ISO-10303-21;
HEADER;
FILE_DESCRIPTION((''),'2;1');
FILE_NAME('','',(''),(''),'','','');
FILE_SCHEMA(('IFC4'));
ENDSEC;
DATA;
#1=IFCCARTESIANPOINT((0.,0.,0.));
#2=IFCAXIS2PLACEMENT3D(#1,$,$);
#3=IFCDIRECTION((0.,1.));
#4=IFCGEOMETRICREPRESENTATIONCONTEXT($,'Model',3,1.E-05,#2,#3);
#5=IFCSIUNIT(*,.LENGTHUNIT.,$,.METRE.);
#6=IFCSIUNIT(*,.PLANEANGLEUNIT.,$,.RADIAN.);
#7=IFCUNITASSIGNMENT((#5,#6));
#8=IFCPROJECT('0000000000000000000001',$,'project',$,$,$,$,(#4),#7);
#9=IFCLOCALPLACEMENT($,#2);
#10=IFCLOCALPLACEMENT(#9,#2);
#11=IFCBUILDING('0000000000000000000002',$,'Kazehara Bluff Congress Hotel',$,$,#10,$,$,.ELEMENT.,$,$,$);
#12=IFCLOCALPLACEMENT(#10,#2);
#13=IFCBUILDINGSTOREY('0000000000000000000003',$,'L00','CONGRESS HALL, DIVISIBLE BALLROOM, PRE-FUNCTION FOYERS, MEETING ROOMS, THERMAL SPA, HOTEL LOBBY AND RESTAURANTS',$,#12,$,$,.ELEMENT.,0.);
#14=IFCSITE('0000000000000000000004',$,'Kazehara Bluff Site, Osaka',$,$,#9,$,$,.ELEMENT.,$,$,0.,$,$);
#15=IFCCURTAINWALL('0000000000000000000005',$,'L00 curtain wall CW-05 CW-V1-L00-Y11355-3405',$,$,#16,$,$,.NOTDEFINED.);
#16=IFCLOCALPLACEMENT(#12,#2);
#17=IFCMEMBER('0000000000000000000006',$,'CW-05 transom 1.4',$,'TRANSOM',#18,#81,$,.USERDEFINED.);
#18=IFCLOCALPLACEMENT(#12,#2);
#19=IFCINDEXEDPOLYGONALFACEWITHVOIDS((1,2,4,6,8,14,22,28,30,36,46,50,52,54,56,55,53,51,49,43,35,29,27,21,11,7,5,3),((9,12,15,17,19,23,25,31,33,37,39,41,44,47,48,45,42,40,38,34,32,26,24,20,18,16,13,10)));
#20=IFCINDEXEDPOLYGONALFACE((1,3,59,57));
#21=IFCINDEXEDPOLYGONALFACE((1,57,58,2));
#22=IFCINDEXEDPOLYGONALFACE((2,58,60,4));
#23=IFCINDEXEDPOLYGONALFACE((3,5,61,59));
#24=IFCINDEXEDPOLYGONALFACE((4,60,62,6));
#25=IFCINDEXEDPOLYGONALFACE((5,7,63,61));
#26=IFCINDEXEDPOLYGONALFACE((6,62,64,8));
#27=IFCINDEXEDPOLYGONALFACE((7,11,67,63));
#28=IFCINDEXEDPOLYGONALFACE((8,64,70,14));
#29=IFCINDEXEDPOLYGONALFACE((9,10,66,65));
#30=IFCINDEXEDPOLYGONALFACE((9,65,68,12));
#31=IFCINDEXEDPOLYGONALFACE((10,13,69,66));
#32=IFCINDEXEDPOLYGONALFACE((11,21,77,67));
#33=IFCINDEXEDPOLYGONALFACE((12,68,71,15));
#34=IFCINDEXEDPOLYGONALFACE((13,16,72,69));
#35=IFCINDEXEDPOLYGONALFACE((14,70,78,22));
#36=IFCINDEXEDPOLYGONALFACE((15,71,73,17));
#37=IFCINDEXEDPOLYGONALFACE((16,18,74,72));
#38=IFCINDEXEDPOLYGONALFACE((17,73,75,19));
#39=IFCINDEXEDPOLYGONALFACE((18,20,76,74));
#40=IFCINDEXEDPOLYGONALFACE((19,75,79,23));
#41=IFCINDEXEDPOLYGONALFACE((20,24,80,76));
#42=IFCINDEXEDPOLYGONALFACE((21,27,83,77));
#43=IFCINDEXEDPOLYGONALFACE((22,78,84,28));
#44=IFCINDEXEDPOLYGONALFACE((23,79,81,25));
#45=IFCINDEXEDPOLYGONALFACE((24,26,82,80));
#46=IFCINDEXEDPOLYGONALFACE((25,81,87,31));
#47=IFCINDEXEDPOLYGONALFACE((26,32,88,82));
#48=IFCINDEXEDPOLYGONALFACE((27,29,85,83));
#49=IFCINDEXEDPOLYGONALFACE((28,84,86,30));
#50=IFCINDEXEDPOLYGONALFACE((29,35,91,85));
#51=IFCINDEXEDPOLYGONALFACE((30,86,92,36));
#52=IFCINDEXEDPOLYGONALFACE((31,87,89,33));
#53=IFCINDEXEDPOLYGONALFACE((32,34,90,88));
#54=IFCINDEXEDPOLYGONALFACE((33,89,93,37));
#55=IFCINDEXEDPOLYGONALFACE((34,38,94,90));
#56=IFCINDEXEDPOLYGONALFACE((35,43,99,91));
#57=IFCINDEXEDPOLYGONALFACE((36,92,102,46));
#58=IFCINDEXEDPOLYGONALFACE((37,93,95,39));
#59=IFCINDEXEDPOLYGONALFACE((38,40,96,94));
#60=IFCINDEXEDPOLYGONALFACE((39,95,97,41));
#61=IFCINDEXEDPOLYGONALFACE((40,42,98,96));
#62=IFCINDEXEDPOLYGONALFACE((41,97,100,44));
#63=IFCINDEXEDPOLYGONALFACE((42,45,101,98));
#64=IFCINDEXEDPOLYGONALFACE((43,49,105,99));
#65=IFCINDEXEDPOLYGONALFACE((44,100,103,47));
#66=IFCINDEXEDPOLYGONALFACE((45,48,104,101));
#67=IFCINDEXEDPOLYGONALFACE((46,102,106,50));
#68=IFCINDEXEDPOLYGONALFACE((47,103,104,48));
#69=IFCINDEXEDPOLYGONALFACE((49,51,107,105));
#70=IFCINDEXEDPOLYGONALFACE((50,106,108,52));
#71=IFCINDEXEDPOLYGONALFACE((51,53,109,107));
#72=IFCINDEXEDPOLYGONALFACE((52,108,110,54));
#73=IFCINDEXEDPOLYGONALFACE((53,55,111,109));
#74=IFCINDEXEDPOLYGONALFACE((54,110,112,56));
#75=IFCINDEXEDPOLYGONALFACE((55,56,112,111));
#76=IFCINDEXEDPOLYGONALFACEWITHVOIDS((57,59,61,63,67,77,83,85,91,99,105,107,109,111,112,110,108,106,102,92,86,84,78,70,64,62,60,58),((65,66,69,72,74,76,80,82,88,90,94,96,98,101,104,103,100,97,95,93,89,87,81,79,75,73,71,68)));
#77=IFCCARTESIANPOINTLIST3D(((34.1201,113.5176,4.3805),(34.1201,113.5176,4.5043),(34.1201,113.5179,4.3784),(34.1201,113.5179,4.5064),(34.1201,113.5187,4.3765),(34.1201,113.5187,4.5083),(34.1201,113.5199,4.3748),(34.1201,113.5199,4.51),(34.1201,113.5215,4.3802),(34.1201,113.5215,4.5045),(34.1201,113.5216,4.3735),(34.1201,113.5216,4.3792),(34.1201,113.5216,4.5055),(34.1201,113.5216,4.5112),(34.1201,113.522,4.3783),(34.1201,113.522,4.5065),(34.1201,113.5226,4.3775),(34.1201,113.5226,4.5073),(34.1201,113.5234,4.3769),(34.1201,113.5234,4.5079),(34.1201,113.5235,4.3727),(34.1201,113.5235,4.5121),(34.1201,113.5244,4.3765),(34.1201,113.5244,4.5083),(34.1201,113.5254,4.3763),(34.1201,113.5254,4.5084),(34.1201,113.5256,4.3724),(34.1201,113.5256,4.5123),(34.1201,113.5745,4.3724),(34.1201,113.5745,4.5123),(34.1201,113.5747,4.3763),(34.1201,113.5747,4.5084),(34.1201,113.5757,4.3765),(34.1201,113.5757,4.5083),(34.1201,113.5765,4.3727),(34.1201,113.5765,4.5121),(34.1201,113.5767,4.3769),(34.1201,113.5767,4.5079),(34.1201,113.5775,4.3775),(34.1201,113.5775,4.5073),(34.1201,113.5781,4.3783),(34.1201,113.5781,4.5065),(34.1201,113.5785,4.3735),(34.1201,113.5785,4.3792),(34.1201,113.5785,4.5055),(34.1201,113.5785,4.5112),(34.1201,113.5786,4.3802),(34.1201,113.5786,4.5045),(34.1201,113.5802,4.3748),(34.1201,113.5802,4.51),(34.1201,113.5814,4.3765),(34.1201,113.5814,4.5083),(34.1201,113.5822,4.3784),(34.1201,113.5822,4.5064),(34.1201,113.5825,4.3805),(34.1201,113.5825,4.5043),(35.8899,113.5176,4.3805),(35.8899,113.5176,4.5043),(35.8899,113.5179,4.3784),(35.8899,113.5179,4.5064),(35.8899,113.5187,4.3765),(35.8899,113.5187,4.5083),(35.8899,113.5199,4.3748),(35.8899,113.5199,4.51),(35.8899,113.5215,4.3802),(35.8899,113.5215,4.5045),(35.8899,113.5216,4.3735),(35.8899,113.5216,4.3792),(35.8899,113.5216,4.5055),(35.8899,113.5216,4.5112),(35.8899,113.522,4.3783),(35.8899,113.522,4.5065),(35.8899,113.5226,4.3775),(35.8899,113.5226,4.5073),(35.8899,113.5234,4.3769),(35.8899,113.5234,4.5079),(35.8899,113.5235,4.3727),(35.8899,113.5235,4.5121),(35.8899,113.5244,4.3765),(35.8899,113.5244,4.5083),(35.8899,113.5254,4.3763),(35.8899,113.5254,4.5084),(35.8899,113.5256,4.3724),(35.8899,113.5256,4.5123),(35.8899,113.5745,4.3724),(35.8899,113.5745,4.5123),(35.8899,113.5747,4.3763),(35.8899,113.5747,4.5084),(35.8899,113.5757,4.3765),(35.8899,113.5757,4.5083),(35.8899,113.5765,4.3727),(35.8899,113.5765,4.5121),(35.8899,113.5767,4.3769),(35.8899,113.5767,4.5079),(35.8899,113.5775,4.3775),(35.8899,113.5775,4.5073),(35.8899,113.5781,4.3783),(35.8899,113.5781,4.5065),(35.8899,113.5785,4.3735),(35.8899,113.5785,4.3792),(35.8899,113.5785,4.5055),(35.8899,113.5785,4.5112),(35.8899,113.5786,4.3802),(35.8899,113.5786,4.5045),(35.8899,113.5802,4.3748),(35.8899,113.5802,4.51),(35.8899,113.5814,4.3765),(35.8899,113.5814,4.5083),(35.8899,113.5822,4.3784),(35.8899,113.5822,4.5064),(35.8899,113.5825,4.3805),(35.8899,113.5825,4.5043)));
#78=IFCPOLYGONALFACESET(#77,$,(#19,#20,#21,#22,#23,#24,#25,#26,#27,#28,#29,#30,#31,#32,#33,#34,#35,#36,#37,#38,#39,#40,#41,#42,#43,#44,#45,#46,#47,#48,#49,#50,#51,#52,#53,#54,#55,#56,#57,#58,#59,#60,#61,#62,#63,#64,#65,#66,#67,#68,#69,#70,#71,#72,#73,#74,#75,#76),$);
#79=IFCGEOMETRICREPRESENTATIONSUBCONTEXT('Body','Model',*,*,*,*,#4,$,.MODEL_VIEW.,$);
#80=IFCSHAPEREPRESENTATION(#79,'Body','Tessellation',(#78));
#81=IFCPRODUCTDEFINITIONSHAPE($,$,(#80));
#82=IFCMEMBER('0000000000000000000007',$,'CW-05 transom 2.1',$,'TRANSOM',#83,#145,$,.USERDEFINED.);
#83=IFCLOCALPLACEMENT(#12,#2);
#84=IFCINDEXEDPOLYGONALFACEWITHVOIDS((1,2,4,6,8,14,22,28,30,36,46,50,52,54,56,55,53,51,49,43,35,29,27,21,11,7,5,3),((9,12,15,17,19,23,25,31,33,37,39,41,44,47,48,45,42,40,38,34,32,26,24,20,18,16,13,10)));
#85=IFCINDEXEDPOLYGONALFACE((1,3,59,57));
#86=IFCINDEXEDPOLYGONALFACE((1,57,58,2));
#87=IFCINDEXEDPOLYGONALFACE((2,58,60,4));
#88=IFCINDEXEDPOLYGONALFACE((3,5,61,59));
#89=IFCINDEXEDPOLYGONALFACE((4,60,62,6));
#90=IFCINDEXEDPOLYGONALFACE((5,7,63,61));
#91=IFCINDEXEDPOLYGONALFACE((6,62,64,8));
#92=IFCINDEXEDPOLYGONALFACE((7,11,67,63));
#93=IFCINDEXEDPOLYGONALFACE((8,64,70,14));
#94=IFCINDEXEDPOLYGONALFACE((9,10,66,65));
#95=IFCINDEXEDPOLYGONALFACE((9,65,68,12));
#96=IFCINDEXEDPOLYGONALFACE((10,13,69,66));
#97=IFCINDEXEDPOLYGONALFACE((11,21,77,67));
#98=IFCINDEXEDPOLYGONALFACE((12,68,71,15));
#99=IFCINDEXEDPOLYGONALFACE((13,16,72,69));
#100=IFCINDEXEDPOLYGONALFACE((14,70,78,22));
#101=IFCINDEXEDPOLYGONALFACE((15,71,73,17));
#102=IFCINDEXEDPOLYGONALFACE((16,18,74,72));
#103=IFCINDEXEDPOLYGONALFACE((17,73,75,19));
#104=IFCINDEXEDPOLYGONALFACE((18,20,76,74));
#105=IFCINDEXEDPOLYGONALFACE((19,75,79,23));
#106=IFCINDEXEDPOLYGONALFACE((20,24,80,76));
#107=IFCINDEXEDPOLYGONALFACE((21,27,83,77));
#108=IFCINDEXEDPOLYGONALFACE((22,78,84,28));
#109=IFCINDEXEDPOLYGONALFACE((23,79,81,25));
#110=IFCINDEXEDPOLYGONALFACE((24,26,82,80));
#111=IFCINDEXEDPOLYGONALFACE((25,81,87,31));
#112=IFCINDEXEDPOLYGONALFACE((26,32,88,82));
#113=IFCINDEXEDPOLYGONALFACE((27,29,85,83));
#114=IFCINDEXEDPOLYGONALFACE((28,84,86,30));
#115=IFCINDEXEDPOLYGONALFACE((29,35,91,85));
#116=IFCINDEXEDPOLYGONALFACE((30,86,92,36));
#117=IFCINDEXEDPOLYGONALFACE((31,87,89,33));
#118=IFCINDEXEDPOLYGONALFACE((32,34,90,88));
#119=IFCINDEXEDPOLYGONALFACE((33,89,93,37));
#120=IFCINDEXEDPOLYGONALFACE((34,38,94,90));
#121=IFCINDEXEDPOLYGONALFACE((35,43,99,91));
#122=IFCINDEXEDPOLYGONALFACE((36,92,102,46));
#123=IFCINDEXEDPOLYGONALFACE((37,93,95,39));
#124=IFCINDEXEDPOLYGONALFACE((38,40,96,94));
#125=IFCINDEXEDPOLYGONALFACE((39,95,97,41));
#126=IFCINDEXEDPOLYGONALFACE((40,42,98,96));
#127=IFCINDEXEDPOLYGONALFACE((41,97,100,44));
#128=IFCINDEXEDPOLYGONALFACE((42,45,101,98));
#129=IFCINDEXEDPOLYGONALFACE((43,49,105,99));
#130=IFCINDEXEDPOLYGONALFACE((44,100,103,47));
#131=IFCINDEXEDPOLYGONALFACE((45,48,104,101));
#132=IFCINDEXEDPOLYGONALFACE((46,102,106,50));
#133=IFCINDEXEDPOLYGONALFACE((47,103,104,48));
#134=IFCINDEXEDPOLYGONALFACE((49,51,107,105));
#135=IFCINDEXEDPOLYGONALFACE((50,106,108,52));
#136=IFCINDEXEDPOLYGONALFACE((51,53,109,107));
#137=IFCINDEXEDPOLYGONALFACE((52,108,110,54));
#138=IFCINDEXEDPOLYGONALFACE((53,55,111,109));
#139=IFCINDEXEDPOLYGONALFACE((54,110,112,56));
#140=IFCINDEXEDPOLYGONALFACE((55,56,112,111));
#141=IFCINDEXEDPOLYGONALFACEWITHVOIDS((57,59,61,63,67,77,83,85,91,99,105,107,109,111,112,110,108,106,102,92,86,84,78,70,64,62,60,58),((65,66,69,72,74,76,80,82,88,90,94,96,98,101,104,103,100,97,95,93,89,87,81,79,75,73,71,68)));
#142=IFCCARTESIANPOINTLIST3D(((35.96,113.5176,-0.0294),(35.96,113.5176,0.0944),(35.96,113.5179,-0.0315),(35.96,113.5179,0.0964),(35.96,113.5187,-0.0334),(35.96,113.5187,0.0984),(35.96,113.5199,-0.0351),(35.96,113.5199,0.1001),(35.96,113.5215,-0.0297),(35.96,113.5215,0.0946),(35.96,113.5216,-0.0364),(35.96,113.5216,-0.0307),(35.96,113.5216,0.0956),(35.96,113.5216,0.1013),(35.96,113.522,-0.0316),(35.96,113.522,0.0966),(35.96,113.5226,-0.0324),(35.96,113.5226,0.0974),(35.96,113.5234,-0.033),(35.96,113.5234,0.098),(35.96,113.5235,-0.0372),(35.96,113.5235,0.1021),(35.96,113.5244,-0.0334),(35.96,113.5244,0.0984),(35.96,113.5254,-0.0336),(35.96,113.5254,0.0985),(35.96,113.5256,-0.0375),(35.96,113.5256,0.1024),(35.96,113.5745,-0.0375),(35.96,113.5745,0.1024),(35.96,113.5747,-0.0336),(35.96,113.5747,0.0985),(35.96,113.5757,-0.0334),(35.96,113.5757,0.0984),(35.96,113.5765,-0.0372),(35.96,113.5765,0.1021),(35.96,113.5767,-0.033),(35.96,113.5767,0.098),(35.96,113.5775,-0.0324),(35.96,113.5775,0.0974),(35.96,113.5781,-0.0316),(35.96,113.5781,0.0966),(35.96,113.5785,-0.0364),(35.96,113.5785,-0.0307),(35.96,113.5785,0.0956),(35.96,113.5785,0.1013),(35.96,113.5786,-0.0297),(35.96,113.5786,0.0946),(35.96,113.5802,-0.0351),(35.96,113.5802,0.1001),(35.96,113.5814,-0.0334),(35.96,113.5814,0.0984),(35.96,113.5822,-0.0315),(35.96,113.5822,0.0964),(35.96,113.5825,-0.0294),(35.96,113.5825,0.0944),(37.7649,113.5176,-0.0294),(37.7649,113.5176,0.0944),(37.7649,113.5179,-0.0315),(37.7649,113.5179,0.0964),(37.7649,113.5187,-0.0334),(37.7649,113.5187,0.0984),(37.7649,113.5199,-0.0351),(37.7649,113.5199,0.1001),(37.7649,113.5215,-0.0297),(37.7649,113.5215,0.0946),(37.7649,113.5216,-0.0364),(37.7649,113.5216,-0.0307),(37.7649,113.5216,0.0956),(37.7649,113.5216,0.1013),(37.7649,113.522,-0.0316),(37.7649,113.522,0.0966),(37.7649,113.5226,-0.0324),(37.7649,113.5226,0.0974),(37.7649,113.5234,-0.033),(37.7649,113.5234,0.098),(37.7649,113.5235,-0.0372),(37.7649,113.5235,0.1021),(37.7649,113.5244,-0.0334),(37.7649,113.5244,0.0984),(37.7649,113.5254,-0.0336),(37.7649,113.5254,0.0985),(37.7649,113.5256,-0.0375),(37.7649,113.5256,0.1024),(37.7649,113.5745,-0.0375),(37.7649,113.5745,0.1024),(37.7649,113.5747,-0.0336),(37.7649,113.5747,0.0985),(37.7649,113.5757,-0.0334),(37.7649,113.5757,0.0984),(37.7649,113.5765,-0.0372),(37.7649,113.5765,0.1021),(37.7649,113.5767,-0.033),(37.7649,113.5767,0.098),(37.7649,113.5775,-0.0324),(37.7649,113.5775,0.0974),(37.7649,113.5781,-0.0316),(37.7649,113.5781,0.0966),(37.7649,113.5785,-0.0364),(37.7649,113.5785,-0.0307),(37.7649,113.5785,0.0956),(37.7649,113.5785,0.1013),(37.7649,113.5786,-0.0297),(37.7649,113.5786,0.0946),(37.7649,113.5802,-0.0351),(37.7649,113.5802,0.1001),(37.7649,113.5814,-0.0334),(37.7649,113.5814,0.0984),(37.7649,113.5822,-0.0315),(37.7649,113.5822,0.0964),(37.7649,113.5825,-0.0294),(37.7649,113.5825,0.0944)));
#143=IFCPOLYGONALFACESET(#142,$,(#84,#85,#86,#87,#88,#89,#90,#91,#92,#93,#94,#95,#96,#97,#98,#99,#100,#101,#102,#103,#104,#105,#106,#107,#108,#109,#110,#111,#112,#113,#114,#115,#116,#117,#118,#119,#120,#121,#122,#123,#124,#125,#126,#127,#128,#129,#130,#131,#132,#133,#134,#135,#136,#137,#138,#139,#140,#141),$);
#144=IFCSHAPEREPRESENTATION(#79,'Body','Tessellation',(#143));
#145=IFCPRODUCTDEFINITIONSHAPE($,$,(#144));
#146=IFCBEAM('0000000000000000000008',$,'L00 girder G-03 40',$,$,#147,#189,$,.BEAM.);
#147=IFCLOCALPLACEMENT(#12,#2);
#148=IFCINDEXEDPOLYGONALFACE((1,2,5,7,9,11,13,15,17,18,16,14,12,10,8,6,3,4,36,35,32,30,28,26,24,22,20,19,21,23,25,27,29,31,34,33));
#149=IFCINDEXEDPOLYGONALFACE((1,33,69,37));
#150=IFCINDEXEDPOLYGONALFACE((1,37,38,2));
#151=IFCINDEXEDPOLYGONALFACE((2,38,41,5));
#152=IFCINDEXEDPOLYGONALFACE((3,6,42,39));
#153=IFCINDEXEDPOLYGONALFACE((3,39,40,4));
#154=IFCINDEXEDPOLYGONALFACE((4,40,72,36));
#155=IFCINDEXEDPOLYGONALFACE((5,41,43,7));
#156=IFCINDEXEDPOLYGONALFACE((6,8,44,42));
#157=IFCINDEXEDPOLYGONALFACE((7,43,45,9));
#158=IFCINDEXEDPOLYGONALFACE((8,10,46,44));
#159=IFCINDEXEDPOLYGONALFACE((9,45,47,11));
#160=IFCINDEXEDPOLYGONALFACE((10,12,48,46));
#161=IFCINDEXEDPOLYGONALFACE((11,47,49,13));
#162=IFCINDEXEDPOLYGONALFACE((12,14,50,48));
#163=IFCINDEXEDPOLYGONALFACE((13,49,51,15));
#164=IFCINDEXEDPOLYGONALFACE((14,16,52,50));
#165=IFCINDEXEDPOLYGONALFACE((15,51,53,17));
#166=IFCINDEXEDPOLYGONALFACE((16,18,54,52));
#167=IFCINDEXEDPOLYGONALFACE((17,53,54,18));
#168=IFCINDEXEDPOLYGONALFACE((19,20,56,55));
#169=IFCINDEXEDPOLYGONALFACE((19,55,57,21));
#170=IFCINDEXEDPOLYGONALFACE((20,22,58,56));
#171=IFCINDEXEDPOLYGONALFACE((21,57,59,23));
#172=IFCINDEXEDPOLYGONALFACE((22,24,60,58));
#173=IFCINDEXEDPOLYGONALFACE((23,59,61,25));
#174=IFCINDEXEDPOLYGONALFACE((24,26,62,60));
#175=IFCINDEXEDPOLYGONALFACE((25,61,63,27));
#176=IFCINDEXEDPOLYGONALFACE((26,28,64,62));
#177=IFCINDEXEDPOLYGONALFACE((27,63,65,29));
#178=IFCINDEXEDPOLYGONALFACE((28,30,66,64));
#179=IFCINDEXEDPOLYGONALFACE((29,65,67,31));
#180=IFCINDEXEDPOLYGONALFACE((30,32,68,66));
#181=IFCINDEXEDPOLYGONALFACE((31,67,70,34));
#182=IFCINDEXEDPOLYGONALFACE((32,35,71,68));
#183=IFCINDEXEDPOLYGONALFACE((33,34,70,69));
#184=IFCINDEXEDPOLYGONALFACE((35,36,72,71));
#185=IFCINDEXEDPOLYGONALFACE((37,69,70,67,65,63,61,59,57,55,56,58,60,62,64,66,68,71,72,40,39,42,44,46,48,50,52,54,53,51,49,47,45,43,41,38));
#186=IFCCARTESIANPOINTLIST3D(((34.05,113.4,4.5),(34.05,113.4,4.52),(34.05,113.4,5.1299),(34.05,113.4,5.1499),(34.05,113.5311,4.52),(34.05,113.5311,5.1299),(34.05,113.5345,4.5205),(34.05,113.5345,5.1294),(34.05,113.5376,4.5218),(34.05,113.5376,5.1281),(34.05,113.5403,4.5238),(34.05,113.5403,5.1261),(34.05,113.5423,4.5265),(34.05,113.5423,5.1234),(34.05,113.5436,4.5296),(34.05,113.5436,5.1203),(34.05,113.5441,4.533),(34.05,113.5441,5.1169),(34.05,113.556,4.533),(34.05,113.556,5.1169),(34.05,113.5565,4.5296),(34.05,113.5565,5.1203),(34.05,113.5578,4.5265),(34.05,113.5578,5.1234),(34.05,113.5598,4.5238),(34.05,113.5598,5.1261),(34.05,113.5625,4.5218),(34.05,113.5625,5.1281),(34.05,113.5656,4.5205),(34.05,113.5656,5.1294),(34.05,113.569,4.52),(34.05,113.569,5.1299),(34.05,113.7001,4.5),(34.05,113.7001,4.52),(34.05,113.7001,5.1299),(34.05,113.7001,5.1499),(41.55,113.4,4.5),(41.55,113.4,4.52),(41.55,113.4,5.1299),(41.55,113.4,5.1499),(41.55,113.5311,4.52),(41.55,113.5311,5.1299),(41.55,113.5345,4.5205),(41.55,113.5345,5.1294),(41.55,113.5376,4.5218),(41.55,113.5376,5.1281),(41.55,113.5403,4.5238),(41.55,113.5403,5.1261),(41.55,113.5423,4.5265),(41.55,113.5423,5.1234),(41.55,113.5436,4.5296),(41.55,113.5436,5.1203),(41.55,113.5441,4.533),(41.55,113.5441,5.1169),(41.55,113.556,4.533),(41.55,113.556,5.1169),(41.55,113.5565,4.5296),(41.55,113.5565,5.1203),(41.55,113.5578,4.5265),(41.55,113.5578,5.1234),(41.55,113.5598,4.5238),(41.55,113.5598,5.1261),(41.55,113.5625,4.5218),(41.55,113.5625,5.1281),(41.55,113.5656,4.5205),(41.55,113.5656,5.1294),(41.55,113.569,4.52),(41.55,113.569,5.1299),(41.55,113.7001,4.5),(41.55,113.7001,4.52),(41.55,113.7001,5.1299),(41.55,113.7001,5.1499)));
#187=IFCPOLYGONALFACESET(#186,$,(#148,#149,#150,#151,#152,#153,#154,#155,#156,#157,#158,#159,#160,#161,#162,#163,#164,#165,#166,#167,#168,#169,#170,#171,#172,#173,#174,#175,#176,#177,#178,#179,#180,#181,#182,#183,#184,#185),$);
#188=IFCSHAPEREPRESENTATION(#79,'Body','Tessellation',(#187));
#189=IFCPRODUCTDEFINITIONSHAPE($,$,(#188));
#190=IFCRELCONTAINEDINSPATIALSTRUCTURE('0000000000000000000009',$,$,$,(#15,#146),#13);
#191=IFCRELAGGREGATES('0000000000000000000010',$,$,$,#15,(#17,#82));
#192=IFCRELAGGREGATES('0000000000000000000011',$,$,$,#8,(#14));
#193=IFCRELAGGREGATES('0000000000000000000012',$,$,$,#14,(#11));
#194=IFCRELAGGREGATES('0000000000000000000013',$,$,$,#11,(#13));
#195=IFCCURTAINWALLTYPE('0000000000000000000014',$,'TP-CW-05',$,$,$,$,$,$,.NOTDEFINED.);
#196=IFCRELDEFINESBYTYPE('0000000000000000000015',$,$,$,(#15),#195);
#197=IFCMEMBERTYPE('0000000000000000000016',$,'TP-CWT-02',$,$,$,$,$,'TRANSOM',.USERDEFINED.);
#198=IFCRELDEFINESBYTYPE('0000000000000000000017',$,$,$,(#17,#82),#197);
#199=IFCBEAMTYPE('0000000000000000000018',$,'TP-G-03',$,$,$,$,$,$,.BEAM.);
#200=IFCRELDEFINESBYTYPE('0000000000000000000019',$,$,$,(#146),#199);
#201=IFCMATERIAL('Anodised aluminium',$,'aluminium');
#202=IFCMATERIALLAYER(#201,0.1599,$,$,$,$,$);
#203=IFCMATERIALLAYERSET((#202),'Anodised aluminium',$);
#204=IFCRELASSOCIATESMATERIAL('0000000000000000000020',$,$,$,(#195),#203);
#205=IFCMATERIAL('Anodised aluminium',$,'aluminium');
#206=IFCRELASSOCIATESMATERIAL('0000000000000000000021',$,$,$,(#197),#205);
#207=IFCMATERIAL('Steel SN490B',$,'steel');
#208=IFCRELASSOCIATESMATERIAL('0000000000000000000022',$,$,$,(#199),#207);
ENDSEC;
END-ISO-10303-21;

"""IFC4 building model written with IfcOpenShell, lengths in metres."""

from ifc_helpers import new_model, si_unit, direction, frame, origin, origin_2d, place, context, subcontext, project, spatial, hollow_rectangle, i_section, extrude, material, layer, layer_set, material_profile, profile_set, type_object, element, aggregate, save


model = new_model("IFC4")

# Units and contexts
model_context = context("Model", 3, precision=1e-05, world=origin(), true_north=direction((0.0, 1.0)))
body_context = subcontext(model_context, "Body", "Model", "MODEL_VIEW")
ifc_project = project(units=[si_unit("LENGTHUNIT", "METRE"), si_unit("PLANEANGLEUNIT", "RADIAN")], contexts=[model_context])

# Site, building, storey
site_placement = place(None, origin())
site = spatial("IfcSite", under=ifc_project, at=site_placement, Name="Kazehara Bluff Site, Osaka", CompositionType="ELEMENT", RefElevation=0.0)
building_placement = place(site_placement, origin())
building = spatial("IfcBuilding", under=site, at=building_placement, Name="Kazehara Bluff Congress Hotel", CompositionType="ELEMENT")
storey_placement = place(building_placement, origin())
storey = spatial("IfcBuildingStorey", under=building, at=storey_placement, Name="L00", Description="CONGRESS HALL, DIVISIBLE BALLROOM, PRE-FUNCTION FOYERS, MEETING ROOMS, THERMAL SPA, HOTEL LOBBY AND RESTAURANTS", CompositionType="ELEMENT", Elevation=0.0)

# Curtain wall
ifc_material_1 = material(Name="Anodised aluminium", Category="aluminium")
ifc_layer_1 = layer(ifc_material_1, 0.1599)
ifc_layer_set_1 = layer_set([ifc_layer_1], Name="Anodised aluminium")
curtain_wall_type = type_object("IfcCurtainWallType", Name="TP-CW-05", PredefinedType="NOTDEFINED", material=ifc_layer_set_1)
curtain_wall_1_placement = place(storey_placement, origin())
curtain_wall_1 = element("IfcCurtainWall", 1, at=curtain_wall_1_placement, inside=storey, type_object=curtain_wall_type, Name="L00 curtain wall CW-05 CW-V1-L00-Y11355-3405", PredefinedType="NOTDEFINED")

# Members
ifc_material_2 = material(Name="Anodised aluminium", Category="aluminium")
ifc_material_profile_1 = material_profile(ifc_material_2, hollow_rectangle(XDim=0.0649, YDim=0.1399, WallThickness=0.0039, InnerFilletRadius=0.0039, OuterFilletRadius=0.0081, at=origin_2d()))
ifc_profile_set_1 = profile_set([ifc_material_profile_1], Name="Anodised aluminium")
member_type_1 = type_object("IfcMemberType", Name="TP-CWT-02", ElementType="TRANSOM", PredefinedType="USERDEFINED", material=ifc_profile_set_1)
member_1_placement = place(storey_placement, frame((34.1201, 113.55, 4.4424), z_axis=(1.0, 0.0, 0.0), x_axis=(0.0, 1.0, 0.0)))
member_1 = element("IfcMember", 2, at=member_1_placement, type_object=member_type_1, Name="CW-05 transom 1.4", ObjectType="TRANSOM", PredefinedType="USERDEFINED", context=body_context, shape_type="SweptSolid", body=[
    extrude(hollow_rectangle(XDim=0.0649, YDim=0.1399, WallThickness=0.0039, InnerFilletRadius=0.0039, OuterFilletRadius=0.0081, at=origin_2d()), origin(), (0.0, 0.0, 1.0), 1.7698),
])
member_2_placement = place(storey_placement, frame((35.96, 113.55, 0.0325), z_axis=(1.0, 0.0, 0.0), x_axis=(0.0, 1.0, 0.0)))
member_2 = element("IfcMember", 3, at=member_2_placement, type_object=member_type_1, Name="CW-05 transom 2.1", ObjectType="TRANSOM", PredefinedType="USERDEFINED", context=body_context, shape_type="SweptSolid", body=[
    extrude(hollow_rectangle(XDim=0.0649, YDim=0.1399, WallThickness=0.0039, InnerFilletRadius=0.0039, OuterFilletRadius=0.0081, at=origin_2d()), origin(), (0.0, 0.0, 1.0), 1.8049),
])

# Beam
ifc_material_3 = material(Name="Steel SN490B", Category="steel")
ifc_material_profile_2 = material_profile(ifc_material_3, i_section(OverallWidth=0.3, OverallDepth=0.6499, WebThickness=0.012, FlangeThickness=0.02, FilletRadius=0.0129, at=origin_2d()))
ifc_profile_set_2 = profile_set([ifc_material_profile_2], Name="Steel SN490B")
beam_type = type_object("IfcBeamType", Name="TP-G-03", PredefinedType="BEAM", material=ifc_profile_set_2)
beam_placement = place(storey_placement, frame((34.05, 113.55, 4.825), z_axis=(1.0, 0.0, 0.0), x_axis=(0.0, 1.0, 0.0)))
element("IfcBeam", 4, at=beam_placement, inside=storey, type_object=beam_type, Name="L00 girder G-03 40", PredefinedType="BEAM", context=body_context, shape_type="SweptSolid", body=[
    extrude(i_section(OverallWidth=0.3, OverallDepth=0.6499, WebThickness=0.012, FlangeThickness=0.02, FilletRadius=0.0129, at=origin_2d()), origin(), (0.0, 0.0, 1.0), 7.5),
])

aggregate(curtain_wall_1, [member_1, member_2])

save(model, "model.ifc")
